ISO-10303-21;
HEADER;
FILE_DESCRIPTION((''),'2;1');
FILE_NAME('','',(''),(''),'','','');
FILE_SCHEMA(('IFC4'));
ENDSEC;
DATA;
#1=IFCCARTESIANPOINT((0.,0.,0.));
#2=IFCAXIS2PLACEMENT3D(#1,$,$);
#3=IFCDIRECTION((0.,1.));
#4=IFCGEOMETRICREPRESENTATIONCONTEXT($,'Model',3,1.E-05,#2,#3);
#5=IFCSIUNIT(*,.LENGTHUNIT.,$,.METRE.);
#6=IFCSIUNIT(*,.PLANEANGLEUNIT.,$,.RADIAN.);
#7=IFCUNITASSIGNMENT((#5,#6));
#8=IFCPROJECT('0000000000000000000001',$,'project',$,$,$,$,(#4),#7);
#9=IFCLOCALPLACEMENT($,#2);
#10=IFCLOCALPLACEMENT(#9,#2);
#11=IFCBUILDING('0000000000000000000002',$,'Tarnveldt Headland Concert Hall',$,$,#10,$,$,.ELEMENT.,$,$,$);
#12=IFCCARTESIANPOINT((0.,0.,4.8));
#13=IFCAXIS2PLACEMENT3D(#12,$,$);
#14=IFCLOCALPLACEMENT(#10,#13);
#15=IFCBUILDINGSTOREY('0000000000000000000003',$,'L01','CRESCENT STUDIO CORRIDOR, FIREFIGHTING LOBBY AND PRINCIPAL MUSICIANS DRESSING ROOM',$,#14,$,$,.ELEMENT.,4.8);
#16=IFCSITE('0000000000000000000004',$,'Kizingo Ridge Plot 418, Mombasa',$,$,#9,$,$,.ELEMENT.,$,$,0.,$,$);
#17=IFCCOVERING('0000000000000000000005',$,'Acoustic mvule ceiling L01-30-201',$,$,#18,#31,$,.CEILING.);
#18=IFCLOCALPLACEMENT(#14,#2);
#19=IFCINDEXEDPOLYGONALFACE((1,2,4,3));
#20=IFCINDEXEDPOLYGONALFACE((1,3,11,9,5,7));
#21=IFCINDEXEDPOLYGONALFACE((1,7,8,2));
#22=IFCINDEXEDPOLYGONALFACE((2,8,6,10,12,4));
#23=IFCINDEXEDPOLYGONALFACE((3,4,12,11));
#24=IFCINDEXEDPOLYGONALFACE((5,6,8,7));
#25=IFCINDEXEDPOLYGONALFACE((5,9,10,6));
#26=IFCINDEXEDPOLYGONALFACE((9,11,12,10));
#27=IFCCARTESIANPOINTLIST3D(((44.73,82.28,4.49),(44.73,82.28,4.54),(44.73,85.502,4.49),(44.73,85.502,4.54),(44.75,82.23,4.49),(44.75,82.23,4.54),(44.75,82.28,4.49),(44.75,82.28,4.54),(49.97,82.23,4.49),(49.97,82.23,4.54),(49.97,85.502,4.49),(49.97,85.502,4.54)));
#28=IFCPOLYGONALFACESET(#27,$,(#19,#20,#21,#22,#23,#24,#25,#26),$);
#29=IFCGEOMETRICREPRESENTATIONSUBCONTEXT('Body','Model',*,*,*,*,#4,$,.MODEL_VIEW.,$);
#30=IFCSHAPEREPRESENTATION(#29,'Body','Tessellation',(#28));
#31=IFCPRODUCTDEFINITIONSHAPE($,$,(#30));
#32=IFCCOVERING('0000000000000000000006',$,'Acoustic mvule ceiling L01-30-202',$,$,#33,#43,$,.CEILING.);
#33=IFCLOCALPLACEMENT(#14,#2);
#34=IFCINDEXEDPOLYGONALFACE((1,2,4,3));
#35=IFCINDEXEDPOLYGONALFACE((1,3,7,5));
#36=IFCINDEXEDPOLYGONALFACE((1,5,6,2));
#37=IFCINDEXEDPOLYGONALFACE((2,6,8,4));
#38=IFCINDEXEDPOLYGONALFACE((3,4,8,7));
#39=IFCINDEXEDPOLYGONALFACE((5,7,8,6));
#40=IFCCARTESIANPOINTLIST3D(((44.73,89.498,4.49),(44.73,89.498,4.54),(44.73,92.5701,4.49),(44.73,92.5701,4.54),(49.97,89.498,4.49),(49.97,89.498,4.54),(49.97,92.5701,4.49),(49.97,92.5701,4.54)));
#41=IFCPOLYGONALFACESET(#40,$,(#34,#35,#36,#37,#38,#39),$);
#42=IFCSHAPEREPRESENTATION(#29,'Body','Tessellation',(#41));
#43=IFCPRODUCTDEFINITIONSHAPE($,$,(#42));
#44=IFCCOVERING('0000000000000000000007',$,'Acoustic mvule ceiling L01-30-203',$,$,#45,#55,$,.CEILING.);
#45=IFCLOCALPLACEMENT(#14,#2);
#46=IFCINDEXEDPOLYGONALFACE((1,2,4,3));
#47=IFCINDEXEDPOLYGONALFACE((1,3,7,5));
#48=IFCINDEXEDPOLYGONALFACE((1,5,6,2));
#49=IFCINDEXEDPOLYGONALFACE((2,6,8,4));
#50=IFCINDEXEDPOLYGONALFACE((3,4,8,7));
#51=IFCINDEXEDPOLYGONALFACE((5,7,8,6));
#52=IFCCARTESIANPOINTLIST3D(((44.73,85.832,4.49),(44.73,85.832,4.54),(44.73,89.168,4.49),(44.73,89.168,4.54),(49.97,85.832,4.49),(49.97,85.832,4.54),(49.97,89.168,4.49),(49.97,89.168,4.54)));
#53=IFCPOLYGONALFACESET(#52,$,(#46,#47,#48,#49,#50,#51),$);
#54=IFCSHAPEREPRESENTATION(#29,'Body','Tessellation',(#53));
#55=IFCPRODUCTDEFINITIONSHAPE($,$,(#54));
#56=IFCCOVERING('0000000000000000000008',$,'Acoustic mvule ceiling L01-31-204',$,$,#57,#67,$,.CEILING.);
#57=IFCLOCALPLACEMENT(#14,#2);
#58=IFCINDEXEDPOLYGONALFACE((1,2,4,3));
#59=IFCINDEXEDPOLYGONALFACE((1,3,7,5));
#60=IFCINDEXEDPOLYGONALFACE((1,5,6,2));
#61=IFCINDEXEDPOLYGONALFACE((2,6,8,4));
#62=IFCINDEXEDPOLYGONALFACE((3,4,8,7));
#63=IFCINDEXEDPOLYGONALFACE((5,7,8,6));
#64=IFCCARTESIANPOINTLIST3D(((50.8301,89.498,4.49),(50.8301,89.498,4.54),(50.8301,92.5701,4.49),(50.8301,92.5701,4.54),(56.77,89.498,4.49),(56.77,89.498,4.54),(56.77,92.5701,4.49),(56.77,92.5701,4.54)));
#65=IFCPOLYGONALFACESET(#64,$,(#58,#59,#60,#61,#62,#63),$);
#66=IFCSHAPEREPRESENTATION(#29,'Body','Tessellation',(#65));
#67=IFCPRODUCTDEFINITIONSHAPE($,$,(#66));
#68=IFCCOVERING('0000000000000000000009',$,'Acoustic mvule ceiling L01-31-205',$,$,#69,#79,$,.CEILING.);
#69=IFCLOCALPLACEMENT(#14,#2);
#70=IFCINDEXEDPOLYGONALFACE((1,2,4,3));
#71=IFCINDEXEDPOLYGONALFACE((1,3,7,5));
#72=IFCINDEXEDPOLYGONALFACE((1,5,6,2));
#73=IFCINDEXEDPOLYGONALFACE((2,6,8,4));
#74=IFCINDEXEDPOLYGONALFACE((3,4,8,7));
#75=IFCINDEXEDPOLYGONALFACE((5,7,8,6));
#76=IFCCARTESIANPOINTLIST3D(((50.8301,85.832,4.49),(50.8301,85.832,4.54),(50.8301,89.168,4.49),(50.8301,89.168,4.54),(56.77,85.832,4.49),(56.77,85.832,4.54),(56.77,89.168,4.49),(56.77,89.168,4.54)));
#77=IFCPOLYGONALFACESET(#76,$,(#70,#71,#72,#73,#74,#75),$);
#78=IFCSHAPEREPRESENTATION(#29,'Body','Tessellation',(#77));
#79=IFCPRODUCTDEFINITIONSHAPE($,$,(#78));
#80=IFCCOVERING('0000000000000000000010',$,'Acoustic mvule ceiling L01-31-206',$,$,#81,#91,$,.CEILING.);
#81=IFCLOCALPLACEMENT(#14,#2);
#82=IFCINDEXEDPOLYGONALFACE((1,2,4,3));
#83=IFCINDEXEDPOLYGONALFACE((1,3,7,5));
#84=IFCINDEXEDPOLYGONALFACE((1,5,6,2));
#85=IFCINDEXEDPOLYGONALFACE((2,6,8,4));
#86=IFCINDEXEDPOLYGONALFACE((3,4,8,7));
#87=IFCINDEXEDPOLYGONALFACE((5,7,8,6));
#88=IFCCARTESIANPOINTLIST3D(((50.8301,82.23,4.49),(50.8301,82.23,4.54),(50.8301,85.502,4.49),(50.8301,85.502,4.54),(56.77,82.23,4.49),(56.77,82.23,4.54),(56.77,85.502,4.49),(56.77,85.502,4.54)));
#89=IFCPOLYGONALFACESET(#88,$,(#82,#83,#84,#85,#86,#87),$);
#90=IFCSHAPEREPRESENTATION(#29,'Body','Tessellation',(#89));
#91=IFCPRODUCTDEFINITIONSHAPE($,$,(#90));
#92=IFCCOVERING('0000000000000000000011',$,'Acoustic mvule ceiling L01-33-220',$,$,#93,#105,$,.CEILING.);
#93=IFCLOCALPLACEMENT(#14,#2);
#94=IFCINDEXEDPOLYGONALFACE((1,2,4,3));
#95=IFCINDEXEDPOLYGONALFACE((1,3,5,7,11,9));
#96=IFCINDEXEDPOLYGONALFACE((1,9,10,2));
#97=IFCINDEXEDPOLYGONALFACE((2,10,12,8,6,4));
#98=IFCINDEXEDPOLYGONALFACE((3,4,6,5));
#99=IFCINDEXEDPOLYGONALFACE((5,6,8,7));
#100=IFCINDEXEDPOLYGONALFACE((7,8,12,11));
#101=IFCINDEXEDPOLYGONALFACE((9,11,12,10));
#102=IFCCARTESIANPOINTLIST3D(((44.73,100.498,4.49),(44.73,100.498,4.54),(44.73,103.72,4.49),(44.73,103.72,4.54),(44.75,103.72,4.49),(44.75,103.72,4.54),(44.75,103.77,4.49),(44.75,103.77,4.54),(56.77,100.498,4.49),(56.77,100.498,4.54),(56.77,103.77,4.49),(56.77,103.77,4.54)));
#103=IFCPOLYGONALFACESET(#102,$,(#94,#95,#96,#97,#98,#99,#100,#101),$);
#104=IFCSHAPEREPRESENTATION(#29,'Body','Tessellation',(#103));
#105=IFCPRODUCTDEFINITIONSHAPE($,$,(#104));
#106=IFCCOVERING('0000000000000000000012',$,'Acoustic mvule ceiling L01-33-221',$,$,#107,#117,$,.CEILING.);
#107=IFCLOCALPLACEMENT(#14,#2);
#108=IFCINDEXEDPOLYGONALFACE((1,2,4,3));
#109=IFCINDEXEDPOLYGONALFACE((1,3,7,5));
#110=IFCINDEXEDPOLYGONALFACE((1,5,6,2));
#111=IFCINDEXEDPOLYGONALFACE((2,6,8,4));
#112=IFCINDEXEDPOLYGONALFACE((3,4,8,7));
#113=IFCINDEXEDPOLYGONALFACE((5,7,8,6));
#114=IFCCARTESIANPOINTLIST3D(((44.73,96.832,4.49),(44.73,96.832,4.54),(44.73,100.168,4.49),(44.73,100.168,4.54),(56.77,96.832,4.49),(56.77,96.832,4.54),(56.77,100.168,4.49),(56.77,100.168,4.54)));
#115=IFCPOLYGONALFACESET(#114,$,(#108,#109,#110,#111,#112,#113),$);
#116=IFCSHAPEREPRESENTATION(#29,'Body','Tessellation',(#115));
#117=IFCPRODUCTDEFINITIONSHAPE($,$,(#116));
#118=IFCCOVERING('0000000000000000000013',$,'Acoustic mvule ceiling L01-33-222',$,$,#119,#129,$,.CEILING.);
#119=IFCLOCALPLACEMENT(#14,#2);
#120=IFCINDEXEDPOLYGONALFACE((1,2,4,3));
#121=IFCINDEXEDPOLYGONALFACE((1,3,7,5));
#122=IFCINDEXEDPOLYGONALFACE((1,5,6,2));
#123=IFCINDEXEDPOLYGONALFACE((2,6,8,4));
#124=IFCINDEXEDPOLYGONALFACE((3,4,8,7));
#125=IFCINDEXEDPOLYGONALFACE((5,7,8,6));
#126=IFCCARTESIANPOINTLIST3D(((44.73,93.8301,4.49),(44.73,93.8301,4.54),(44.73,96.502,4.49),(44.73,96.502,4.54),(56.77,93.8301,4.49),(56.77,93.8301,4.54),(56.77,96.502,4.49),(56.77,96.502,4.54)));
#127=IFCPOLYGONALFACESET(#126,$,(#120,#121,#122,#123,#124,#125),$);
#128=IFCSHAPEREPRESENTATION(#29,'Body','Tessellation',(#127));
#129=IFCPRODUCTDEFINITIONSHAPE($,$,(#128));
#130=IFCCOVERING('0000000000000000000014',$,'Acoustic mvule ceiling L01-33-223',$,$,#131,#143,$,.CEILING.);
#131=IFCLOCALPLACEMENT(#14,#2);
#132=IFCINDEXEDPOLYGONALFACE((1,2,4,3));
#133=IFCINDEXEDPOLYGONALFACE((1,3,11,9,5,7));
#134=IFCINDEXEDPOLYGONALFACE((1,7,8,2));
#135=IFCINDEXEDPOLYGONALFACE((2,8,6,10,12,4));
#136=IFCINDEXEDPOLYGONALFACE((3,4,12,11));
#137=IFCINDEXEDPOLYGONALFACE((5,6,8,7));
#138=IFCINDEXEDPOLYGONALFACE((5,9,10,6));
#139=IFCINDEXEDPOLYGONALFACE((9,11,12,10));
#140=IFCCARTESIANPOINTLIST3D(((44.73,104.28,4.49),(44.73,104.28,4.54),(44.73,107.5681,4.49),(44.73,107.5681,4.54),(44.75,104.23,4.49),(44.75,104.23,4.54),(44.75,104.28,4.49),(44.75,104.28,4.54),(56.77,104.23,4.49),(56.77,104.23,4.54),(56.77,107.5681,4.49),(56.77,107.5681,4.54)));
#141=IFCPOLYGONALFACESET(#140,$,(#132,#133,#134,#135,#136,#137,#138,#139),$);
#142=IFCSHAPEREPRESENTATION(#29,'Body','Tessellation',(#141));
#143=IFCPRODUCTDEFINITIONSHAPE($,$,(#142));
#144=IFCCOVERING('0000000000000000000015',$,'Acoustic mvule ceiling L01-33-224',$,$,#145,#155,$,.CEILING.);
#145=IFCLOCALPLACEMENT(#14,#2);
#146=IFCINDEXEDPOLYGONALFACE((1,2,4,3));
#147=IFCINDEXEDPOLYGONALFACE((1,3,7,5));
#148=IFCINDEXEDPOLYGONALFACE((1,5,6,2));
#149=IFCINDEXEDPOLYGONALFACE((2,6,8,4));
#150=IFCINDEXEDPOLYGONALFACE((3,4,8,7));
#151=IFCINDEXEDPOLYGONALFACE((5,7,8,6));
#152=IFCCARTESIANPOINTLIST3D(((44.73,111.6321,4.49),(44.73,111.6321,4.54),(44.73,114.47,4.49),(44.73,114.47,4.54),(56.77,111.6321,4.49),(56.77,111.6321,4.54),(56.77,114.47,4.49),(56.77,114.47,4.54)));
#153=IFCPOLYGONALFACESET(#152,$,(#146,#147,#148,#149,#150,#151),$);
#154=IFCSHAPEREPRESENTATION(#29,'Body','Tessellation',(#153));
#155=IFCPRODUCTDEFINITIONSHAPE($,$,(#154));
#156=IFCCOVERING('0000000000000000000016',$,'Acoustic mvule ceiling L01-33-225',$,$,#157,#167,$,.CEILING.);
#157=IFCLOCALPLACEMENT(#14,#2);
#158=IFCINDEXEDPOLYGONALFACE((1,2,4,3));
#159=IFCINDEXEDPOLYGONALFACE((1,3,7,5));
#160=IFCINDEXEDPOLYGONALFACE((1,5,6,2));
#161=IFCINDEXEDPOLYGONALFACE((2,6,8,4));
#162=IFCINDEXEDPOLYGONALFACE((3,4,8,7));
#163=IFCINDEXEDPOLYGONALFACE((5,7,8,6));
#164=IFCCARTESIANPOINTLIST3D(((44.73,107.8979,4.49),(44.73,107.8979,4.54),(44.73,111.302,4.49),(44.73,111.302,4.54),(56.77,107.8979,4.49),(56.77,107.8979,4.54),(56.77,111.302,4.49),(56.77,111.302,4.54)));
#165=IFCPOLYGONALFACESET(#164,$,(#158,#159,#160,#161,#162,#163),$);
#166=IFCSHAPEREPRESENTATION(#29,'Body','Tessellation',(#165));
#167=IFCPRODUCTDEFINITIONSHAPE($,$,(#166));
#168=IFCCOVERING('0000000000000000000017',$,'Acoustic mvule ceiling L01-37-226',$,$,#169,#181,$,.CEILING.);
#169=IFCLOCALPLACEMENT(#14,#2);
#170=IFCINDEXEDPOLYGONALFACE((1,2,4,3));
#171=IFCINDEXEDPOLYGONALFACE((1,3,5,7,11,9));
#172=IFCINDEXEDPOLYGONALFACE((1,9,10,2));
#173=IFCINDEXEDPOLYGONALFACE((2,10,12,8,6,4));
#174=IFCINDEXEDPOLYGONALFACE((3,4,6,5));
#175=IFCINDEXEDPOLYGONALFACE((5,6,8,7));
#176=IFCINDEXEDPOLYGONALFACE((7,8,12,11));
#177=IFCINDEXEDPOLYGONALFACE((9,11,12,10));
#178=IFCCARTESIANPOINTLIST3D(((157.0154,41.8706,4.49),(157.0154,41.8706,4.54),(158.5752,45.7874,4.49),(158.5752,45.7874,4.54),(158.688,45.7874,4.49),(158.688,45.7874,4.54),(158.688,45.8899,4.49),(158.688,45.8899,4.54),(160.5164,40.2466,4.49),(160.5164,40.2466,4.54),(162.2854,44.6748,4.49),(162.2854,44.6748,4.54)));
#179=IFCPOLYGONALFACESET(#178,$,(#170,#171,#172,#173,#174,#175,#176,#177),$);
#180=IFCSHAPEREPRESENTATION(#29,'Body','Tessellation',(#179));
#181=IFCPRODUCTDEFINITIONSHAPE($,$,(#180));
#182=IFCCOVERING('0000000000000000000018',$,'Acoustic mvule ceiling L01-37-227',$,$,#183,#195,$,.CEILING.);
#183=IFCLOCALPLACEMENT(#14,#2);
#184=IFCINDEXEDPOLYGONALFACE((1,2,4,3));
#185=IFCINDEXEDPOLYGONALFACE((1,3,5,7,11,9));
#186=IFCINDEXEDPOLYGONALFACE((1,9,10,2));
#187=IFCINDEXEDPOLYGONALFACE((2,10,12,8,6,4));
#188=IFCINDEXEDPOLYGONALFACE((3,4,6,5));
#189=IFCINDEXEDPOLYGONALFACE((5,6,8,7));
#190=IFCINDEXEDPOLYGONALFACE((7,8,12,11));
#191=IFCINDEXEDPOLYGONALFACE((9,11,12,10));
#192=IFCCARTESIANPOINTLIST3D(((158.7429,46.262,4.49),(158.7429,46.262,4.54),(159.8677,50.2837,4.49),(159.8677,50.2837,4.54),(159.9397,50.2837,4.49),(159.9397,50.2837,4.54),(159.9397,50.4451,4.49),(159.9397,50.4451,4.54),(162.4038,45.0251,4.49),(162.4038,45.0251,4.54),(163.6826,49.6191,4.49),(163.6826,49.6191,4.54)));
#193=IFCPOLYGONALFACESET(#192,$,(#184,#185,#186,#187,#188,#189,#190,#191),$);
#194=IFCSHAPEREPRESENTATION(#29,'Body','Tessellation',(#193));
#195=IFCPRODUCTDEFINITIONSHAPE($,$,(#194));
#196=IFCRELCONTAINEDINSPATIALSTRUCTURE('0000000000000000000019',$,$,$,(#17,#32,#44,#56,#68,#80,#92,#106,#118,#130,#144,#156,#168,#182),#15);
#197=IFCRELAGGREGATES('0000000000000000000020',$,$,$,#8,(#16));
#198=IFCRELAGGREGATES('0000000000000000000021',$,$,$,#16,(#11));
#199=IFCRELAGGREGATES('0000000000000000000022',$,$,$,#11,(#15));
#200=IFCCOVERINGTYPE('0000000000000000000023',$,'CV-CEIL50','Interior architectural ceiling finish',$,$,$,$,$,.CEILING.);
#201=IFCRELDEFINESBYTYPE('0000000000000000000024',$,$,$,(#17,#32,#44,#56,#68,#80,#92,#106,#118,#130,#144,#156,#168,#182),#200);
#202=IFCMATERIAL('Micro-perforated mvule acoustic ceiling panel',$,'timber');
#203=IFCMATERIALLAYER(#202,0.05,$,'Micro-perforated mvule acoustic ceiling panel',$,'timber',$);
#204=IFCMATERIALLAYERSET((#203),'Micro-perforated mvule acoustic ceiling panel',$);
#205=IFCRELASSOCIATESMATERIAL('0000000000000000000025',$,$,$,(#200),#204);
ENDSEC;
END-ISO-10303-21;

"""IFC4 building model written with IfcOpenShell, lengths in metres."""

from ifc_helpers import new_model, si_unit, direction, frame, origin, place, context, subcontext, project, spatial, polyline, outline, extrude, material, layer, layer_set, type_object, element, save


model = new_model("IFC4")

# Units and contexts
model_context = context("Model", 3, precision=1e-05, world=origin(), true_north=direction((0.0, 1.0)))
body_context = subcontext(model_context, "Body", "Model", "MODEL_VIEW")
ifc_project = project(units=[si_unit("LENGTHUNIT", "METRE"), si_unit("PLANEANGLEUNIT", "RADIAN")], contexts=[model_context])

# Site, building, storey
site_placement = place(None, origin())
site = spatial("IfcSite", under=ifc_project, at=site_placement, Name="Kizingo Ridge Plot 418, Mombasa", CompositionType="ELEMENT", RefElevation=0.0)
building_placement = place(site_placement, origin())
building = spatial("IfcBuilding", under=site, at=building_placement, Name="Tarnveldt Headland Concert Hall", CompositionType="ELEMENT")
storey_placement = place(building_placement, frame((0.0, 0.0, 4.8)))
storey = spatial("IfcBuildingStorey", under=building, at=storey_placement, Name="L01", Description="CRESCENT STUDIO CORRIDOR, FIREFIGHTING LOBBY AND PRINCIPAL MUSICIANS DRESSING ROOM", CompositionType="ELEMENT", Elevation=4.8)

# Coverings
ifc_material_1 = material(Name="Micro-perforated mvule acoustic ceiling panel", Category="timber")
ifc_layer_1 = layer(ifc_material_1, 0.05, Name="Micro-perforated mvule acoustic ceiling panel", Category="timber")
ifc_layer_set_1 = layer_set([ifc_layer_1], Name="Micro-perforated mvule acoustic ceiling panel")
covering_type_1 = type_object("IfcCoveringType", Name="CV-CEIL50", Description="Interior architectural ceiling finish", PredefinedType="CEILING", material=ifc_layer_set_1)
covering_1_placement = place(storey_placement, frame((0.0, 0.0, 4.49)))
element("IfcCovering", 1, at=covering_1_placement, inside=storey, type_object=covering_type_1, Name="Acoustic mvule ceiling L01-30-201", PredefinedType="CEILING", context=body_context, shape_type="SweptSolid", body=[
    extrude(outline(polyline([(49.97, 82.23), (44.75, 82.23), (44.75, 82.28), (44.73, 82.28), (44.73, 85.502), (49.97, 85.502), (49.97, 82.23)])), origin(), (0.0, 0.0, 1.0), 0.05),
])
covering_2_placement = place(storey_placement, frame((0.0, 0.0, 4.49)))
element("IfcCovering", 2, at=covering_2_placement, inside=storey, type_object=covering_type_1, Name="Acoustic mvule ceiling L01-30-202", PredefinedType="CEILING", context=body_context, shape_type="SweptSolid", body=[
    extrude(outline(polyline([(49.97, 89.498), (44.73, 89.498), (44.73, 92.5701), (49.97, 92.5701), (49.97, 89.498)])), origin(), (0.0, 0.0, 1.0), 0.05),
])
covering_3_placement = place(storey_placement, frame((0.0, 0.0, 4.49)))
element("IfcCovering", 3, at=covering_3_placement, inside=storey, type_object=covering_type_1, Name="Acoustic mvule ceiling L01-30-203", PredefinedType="CEILING", context=body_context, shape_type="SweptSolid", body=[
    extrude(outline(polyline([(44.73, 85.832), (44.73, 89.168), (49.97, 89.168), (49.97, 85.832), (44.73, 85.832)])), origin(), (0.0, 0.0, 1.0), 0.05),
])
covering_4_placement = place(storey_placement, frame((0.0, 0.0, 4.49)))
element("IfcCovering", 4, at=covering_4_placement, inside=storey, type_object=covering_type_1, Name="Acoustic mvule ceiling L01-31-204", PredefinedType="CEILING", context=body_context, shape_type="SweptSolid", body=[
    extrude(outline(polyline([(50.8301, 89.498), (50.8301, 92.5701), (56.77, 92.5701), (56.77, 89.498), (50.8301, 89.498)])), origin(), (0.0, 0.0, 1.0), 0.05),
])
covering_5_placement = place(storey_placement, frame((0.0, 0.0, 4.49)))
element("IfcCovering", 5, at=covering_5_placement, inside=storey, type_object=covering_type_1, Name="Acoustic mvule ceiling L01-31-205", PredefinedType="CEILING", context=body_context, shape_type="SweptSolid", body=[
    extrude(outline(polyline([(50.8301, 85.832), (50.8301, 89.168), (56.77, 89.168), (56.77, 85.832), (50.8301, 85.832)])), origin(), (0.0, 0.0, 1.0), 0.05),
])
covering_6_placement = place(storey_placement, frame((0.0, 0.0, 4.49)))
element("IfcCovering", 6, at=covering_6_placement, inside=storey, type_object=covering_type_1, Name="Acoustic mvule ceiling L01-31-206", PredefinedType="CEILING", context=body_context, shape_type="SweptSolid", body=[
    extrude(outline(polyline([(50.8301, 85.502), (56.77, 85.502), (56.77, 82.23), (50.8301, 82.23), (50.8301, 85.502)])), origin(), (0.0, 0.0, 1.0), 0.05),
])
covering_7_placement = place(storey_placement, frame((0.0, 0.0, 4.49)))
element("IfcCovering", 7, at=covering_7_placement, inside=storey, type_object=covering_type_1, Name="Acoustic mvule ceiling L01-33-220", PredefinedType="CEILING", context=body_context, shape_type="SweptSolid", body=[
    extrude(outline(polyline([(44.75, 103.77), (56.77, 103.77), (56.77, 100.498), (44.73, 100.498), (44.73, 103.72), (44.75, 103.72), (44.75, 103.77)])), origin(), (0.0, 0.0, 1.0), 0.05),
])
covering_8_placement = place(storey_placement, frame((0.0, 0.0, 4.49)))
element("IfcCovering", 8, at=covering_8_placement, inside=storey, type_object=covering_type_1, Name="Acoustic mvule ceiling L01-33-221", PredefinedType="CEILING", context=body_context, shape_type="SweptSolid", body=[
    extrude(outline(polyline([(56.77, 96.832), (44.73, 96.832), (44.73, 100.168), (56.77, 100.168), (56.77, 96.832)])), origin(), (0.0, 0.0, 1.0), 0.05),
])
covering_9_placement = place(storey_placement, frame((0.0, 0.0, 4.49)))
element("IfcCovering", 9, at=covering_9_placement, inside=storey, type_object=covering_type_1, Name="Acoustic mvule ceiling L01-33-222", PredefinedType="CEILING", context=body_context, shape_type="SweptSolid", body=[
    extrude(outline(polyline([(44.73, 93.8301), (44.73, 96.502), (56.77, 96.502), (56.77, 93.8301), (44.73, 93.8301)])), origin(), (0.0, 0.0, 1.0), 0.05),
])
covering_10_placement = place(storey_placement, frame((0.0, 0.0, 4.49)))
element("IfcCovering", 10, at=covering_10_placement, inside=storey, type_object=covering_type_1, Name="Acoustic mvule ceiling L01-33-223", PredefinedType="CEILING", context=body_context, shape_type="SweptSolid", body=[
    extrude(outline(polyline([(44.73, 104.28), (44.73, 107.5681), (56.77, 107.5681), (56.77, 104.23), (44.75, 104.23), (44.75, 104.28), (44.73, 104.28)])), origin(), (0.0, 0.0, 1.0), 0.05),
])
covering_11_placement = place(storey_placement, frame((0.0, 0.0, 4.49)))
element("IfcCovering", 11, at=covering_11_placement, inside=storey, type_object=covering_type_1, Name="Acoustic mvule ceiling L01-33-224", PredefinedType="CEILING", context=body_context, shape_type="SweptSolid", body=[
    extrude(outline(polyline([(56.77, 111.6321), (44.73, 111.6321), (44.73, 114.47), (56.77, 114.47), (56.77, 111.6321)])), origin(), (0.0, 0.0, 1.0), 0.05),
])
covering_12_placement = place(storey_placement, frame((0.0, 0.0, 4.49)))
element("IfcCovering", 12, at=covering_12_placement, inside=storey, type_object=covering_type_1, Name="Acoustic mvule ceiling L01-33-225", PredefinedType="CEILING", context=body_context, shape_type="SweptSolid", body=[
    extrude(outline(polyline([(44.73, 107.8979), (44.73, 111.302), (56.77, 111.302), (56.77, 107.8979), (44.73, 107.8979)])), origin(), (0.0, 0.0, 1.0), 0.05),
])
covering_13_placement = place(storey_placement, frame((0.0, 0.0, 4.49)))
element("IfcCovering", 13, at=covering_13_placement, inside=storey, type_object=covering_type_1, Name="Acoustic mvule ceiling L01-37-226", PredefinedType="CEILING", context=body_context, shape_type="SweptSolid", body=[
    extrude(outline(polyline([(158.688, 45.8899), (162.2854, 44.6748), (160.5164, 40.2466), (157.0154, 41.8706), (158.5752, 45.7874), (158.688, 45.7874), (158.688, 45.8899)])), origin(), (0.0, 0.0, 1.0), 0.05),
])
covering_14_placement = place(storey_placement, frame((0.0, 0.0, 4.49)))
element("IfcCovering", 14, at=covering_14_placement, inside=storey, type_object=covering_type_1, Name="Acoustic mvule ceiling L01-37-227", PredefinedType="CEILING", context=body_context, shape_type="SweptSolid", body=[
    extrude(outline(polyline([(159.8677, 50.2837), (159.9397, 50.2837), (159.9397, 50.4451), (163.6826, 49.6191), (162.4038, 45.0251), (158.7429, 46.262), (159.8677, 50.2837)])), origin(), (0.0, 0.0, 1.0), 0.05),
])

save(model, "model.ifc")
